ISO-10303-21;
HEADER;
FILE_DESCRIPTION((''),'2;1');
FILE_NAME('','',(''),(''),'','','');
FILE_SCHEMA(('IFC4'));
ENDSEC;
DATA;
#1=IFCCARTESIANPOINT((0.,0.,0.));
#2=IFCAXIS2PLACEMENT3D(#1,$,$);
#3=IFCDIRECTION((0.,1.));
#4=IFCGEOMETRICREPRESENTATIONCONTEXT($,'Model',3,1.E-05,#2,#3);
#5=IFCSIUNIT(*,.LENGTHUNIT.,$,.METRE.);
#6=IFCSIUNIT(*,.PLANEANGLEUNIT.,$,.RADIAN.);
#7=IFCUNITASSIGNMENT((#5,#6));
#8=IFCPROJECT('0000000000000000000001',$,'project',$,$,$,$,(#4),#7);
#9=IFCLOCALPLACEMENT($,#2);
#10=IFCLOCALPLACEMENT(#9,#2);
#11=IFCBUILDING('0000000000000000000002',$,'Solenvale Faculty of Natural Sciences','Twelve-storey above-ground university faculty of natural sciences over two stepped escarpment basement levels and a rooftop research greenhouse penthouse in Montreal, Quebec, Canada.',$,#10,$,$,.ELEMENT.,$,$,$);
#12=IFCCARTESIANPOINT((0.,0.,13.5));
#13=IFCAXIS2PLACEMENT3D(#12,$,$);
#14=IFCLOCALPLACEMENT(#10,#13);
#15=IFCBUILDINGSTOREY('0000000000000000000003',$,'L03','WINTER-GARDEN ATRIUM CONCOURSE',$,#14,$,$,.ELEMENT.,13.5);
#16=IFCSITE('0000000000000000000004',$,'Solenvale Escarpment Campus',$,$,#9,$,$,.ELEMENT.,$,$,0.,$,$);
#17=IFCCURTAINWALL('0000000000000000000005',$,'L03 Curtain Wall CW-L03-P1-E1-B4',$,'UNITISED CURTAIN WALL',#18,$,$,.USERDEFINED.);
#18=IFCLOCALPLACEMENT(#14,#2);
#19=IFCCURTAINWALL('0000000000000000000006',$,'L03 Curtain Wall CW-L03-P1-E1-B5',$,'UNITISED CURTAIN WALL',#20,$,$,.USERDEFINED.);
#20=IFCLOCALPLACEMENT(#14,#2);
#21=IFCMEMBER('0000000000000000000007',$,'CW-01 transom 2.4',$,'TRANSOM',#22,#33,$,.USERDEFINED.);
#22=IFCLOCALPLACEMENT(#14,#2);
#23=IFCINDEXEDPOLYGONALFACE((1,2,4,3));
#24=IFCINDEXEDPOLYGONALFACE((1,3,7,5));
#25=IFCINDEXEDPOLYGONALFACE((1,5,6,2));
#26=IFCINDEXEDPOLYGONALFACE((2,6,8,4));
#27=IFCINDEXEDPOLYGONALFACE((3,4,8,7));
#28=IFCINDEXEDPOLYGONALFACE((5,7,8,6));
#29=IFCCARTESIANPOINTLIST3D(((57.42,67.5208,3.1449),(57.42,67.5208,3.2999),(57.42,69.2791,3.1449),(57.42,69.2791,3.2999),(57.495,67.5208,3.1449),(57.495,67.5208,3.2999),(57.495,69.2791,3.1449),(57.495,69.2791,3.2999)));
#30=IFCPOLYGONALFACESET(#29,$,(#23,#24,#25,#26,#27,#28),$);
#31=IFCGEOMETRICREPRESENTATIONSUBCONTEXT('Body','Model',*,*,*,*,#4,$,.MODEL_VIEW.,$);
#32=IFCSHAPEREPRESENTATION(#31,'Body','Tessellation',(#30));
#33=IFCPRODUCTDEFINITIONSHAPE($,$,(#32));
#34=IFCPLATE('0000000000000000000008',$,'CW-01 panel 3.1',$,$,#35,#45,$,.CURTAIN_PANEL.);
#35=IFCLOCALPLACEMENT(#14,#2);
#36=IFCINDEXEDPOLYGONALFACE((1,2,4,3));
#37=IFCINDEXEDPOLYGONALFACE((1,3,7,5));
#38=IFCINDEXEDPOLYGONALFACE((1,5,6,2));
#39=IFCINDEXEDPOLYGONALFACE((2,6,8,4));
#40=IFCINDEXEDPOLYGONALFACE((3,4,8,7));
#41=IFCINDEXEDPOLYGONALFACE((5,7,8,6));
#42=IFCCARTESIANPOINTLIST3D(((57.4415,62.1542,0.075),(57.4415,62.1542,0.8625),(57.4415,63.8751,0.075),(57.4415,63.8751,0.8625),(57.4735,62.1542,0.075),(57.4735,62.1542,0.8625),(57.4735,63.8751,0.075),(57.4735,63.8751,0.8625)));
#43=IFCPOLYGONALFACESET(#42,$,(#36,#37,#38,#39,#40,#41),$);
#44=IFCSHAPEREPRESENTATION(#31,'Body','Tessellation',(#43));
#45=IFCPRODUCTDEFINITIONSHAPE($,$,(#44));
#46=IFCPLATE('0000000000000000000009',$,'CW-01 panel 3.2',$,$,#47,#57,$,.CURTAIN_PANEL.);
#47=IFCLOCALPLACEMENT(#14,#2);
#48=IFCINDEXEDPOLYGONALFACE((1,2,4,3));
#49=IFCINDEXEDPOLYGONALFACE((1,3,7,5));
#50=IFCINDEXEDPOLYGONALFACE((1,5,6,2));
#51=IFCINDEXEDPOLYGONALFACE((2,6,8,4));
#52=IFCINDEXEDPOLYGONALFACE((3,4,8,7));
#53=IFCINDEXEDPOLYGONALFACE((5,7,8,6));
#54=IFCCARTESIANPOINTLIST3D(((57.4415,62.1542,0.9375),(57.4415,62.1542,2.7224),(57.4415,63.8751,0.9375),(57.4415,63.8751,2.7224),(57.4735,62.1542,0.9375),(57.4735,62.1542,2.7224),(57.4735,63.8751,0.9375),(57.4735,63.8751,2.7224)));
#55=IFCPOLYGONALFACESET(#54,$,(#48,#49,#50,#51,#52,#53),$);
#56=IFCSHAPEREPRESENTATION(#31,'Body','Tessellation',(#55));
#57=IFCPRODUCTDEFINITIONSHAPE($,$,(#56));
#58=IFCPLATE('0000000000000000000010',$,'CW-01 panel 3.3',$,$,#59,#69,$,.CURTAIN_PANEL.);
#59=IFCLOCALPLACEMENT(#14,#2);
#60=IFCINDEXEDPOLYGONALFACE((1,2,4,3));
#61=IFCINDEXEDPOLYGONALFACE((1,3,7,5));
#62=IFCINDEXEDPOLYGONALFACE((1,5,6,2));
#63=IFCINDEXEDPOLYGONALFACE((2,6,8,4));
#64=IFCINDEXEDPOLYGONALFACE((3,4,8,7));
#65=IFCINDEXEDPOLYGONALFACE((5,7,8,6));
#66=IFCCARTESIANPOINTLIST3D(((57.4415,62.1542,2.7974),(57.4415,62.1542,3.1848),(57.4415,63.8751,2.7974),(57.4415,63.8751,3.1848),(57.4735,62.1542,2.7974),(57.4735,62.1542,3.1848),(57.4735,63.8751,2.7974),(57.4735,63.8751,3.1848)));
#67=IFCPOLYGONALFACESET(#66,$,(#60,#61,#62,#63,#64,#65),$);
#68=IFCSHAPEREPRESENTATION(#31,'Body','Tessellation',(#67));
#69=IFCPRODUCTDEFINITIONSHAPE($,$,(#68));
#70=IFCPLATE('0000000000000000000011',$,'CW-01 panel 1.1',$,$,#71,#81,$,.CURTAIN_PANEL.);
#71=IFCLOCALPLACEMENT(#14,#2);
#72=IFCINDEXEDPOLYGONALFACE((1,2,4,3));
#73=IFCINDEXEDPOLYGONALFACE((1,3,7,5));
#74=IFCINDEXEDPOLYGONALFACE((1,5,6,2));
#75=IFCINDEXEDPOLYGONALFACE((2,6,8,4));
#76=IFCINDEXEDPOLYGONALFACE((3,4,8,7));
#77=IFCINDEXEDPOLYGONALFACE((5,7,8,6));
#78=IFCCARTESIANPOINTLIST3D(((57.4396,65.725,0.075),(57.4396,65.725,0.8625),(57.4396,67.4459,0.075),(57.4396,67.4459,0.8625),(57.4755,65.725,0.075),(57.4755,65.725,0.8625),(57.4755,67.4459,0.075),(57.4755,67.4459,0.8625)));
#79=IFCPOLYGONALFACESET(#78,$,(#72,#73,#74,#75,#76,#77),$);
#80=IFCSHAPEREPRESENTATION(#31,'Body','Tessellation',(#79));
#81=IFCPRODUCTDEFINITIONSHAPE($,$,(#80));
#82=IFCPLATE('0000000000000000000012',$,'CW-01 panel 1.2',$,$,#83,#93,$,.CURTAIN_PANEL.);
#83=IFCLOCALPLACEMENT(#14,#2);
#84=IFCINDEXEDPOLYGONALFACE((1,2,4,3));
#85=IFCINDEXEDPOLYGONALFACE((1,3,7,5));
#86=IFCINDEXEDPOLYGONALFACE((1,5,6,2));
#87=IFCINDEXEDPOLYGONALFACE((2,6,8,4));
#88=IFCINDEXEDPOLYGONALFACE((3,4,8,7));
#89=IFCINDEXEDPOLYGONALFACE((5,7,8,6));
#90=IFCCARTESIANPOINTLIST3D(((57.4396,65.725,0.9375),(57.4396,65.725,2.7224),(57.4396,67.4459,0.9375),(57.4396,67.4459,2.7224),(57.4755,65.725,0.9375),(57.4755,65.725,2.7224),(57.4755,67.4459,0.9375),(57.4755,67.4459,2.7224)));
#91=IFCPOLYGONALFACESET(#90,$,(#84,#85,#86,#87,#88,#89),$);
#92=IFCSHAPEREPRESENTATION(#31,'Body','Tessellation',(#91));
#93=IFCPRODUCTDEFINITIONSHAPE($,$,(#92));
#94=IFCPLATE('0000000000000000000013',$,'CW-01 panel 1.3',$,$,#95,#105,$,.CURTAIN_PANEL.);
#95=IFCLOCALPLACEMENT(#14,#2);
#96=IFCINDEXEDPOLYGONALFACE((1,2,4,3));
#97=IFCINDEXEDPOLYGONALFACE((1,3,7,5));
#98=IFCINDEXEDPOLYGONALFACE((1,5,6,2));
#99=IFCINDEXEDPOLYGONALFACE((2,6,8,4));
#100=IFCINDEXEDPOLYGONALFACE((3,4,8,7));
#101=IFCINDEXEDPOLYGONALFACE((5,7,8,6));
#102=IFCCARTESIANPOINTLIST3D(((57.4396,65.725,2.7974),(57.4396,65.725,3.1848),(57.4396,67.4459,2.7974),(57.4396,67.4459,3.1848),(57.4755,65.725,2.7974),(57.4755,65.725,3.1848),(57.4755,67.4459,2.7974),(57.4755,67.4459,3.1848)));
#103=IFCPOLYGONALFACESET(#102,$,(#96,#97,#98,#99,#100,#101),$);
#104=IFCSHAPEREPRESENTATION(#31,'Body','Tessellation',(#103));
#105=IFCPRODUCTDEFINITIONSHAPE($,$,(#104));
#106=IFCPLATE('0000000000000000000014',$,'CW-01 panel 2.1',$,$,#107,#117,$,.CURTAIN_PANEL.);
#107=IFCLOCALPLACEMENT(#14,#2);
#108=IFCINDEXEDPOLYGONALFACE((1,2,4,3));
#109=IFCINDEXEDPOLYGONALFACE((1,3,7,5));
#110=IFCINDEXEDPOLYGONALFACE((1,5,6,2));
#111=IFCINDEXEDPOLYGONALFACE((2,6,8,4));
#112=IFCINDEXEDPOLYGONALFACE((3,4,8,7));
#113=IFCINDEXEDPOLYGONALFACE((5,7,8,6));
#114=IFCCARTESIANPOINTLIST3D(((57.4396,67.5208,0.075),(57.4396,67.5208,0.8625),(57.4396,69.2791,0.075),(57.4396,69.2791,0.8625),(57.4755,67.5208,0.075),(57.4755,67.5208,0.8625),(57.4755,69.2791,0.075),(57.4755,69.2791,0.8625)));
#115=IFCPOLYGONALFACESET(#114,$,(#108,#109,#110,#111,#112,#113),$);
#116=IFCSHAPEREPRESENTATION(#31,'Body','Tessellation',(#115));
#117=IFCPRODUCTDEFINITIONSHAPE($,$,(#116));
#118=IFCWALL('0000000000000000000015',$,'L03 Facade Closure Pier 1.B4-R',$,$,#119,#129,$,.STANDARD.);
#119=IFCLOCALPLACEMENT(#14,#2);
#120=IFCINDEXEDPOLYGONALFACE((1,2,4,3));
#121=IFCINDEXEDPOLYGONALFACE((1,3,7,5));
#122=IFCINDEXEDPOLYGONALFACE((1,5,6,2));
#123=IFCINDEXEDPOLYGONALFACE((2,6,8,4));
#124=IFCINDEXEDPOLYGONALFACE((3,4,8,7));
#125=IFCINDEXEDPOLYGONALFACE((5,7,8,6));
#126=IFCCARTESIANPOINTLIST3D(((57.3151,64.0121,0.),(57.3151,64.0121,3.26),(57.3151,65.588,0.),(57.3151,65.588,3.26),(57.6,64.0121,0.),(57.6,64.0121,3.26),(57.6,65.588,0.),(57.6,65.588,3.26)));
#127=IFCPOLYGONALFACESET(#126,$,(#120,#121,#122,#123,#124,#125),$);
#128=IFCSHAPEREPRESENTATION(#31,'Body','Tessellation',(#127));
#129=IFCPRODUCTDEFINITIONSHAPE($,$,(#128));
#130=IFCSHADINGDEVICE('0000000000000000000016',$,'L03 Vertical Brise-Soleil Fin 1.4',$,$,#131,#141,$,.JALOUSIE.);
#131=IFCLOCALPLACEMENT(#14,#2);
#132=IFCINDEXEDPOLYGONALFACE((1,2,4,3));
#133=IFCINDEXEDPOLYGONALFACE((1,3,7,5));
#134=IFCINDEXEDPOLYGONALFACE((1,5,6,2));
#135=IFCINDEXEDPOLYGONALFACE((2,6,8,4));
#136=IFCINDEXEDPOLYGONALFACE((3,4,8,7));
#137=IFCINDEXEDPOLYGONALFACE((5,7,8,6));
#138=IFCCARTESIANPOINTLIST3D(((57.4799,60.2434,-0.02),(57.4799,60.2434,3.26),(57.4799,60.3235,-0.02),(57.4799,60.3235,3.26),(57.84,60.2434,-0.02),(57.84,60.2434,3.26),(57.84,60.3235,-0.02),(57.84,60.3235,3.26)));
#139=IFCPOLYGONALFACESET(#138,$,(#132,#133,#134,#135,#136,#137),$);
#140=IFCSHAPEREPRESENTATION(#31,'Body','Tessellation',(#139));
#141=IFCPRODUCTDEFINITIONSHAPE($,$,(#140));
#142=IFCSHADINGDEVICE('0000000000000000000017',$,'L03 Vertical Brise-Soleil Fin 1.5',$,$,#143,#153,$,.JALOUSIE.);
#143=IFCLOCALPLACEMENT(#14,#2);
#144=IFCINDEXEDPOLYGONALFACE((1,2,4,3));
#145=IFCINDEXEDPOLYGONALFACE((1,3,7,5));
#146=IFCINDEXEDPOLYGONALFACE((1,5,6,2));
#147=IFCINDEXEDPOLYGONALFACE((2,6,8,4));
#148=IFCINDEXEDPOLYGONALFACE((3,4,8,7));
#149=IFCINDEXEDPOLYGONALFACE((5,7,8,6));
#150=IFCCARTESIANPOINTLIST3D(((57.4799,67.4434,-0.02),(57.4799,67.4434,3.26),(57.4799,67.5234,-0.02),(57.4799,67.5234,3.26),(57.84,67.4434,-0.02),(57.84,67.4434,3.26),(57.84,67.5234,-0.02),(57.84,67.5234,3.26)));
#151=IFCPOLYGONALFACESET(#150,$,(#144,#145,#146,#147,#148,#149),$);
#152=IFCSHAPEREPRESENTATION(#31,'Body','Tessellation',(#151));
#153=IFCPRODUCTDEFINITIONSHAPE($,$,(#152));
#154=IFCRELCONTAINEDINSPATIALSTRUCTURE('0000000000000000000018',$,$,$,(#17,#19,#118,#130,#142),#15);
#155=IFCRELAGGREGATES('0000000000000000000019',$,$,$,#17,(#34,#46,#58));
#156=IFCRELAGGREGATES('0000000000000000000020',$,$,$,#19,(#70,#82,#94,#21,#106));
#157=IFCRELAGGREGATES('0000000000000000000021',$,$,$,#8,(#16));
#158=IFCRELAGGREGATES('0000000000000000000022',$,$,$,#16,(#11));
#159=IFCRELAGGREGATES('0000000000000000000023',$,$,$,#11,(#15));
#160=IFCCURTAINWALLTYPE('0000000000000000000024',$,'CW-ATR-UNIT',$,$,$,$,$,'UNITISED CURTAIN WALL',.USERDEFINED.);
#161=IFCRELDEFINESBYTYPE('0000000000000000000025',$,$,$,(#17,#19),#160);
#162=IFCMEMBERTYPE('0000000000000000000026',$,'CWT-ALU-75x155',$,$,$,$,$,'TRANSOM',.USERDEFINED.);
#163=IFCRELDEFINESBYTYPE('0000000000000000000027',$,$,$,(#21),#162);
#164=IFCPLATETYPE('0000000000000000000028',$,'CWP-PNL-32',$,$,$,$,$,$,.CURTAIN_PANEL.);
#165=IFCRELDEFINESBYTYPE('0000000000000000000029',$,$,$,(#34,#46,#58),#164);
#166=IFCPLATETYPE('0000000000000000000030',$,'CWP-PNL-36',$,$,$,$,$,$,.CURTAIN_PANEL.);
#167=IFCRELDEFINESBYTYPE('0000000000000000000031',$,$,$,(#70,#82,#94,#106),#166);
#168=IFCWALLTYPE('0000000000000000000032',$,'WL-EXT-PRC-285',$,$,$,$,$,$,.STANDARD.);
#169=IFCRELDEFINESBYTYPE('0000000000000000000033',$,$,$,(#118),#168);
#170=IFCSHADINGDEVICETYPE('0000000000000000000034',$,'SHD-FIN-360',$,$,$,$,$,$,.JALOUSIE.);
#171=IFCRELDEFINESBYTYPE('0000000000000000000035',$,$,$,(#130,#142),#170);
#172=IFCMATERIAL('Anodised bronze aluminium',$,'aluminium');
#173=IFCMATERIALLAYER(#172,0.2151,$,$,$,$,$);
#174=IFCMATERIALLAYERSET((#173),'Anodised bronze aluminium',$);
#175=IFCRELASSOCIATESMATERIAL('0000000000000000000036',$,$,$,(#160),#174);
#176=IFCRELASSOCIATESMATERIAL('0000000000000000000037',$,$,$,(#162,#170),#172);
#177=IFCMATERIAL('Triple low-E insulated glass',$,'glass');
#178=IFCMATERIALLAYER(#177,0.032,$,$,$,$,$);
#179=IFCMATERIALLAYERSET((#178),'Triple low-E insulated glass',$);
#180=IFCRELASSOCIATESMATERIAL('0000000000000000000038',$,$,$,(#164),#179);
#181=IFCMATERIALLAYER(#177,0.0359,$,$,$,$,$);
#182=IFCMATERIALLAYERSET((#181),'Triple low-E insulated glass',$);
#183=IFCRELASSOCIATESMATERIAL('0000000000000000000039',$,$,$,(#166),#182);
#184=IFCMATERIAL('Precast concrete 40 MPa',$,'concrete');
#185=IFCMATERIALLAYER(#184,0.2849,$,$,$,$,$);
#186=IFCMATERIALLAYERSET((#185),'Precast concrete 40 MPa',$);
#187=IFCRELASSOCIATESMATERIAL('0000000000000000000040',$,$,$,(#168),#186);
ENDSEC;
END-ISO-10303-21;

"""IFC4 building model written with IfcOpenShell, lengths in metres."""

from ifc_helpers import new_model, si_unit, direction, frame, frame_2d, origin, origin_2d, place, context, subcontext, project, spatial, rectangle, extrude, material, layer, layer_set, material_profile, profile_set, type_object, element, aggregate, save


model = new_model("IFC4")

# Units and contexts
model_context = context("Model", 3, precision=1e-05, world=origin(), true_north=direction((0.0, 1.0)))
body_context = subcontext(model_context, "Body", "Model", "MODEL_VIEW")
ifc_project = project(units=[si_unit("LENGTHUNIT", "METRE"), si_unit("PLANEANGLEUNIT", "RADIAN")], contexts=[model_context])

# Site, building, storey
site_placement = place(None, origin())
site = spatial("IfcSite", under=ifc_project, at=site_placement, Name="Solenvale Escarpment Campus", CompositionType="ELEMENT", RefElevation=0.0)
building_placement = place(site_placement, origin())
building = spatial("IfcBuilding", under=site, at=building_placement, Name="Solenvale Faculty of Natural Sciences", Description="Twelve-storey above-ground university faculty of natural sciences over two stepped escarpment basement levels and a rooftop research greenhouse penthouse in Montreal, Quebec, Canada.", CompositionType="ELEMENT")
storey_placement = place(building_placement, frame((0.0, 0.0, 13.5)))
storey = spatial("IfcBuildingStorey", under=building, at=storey_placement, Name="L03", Description="WINTER-GARDEN ATRIUM CONCOURSE", CompositionType="ELEMENT", Elevation=13.5)

# Curtain wall
ifc_material_1 = material(Name="Anodised bronze aluminium", Category="aluminium")
ifc_layer_1 = layer(ifc_material_1, 0.2151)
ifc_layer_set_1 = layer_set([ifc_layer_1], Name="Anodised bronze aluminium")
curtain_wall_type = type_object("IfcCurtainWallType", Name="CW-ATR-UNIT", ElementType="UNITISED CURTAIN WALL", PredefinedType="USERDEFINED", material=ifc_layer_set_1)
curtain_wall_1_placement = place(storey_placement, origin())
curtain_wall_1 = element("IfcCurtainWall", 1, at=curtain_wall_1_placement, inside=storey, type_object=curtain_wall_type, Name="L03 Curtain Wall CW-L03-P1-E1-B4", ObjectType="UNITISED CURTAIN WALL", PredefinedType="USERDEFINED")

# Curtain wall
curtain_wall_2_placement = place(storey_placement, origin())
curtain_wall_2 = element("IfcCurtainWall", 2, at=curtain_wall_2_placement, inside=storey, type_object=curtain_wall_type, Name="L03 Curtain Wall CW-L03-P1-E1-B5", ObjectType="UNITISED CURTAIN WALL", PredefinedType="USERDEFINED")

# Member
ifc_material_profile_1 = material_profile(ifc_material_1, rectangle(XDim=0.075, YDim=0.155, at=origin_2d()), Name="ALU-TRN-75x155")
ifc_profile_set_1 = profile_set([ifc_material_profile_1], Name="Anodised bronze aluminium")
member_type_1 = type_object("IfcMemberType", Name="CWT-ALU-75x155", ElementType="TRANSOM", PredefinedType="USERDEFINED", material=ifc_profile_set_1)
member_1_placement = place(storey_placement, frame((57.4575, 67.5208, 3.2224), z_axis=(0.0, 1.0, 0.0), x_axis=(-1.0, 0.0, 0.0)))
member_1 = element("IfcMember", 3, at=member_1_placement, type_object=member_type_1, Name="CW-01 transom 2.4", ObjectType="TRANSOM", PredefinedType="USERDEFINED", context=body_context, shape_type="SweptSolid", body=[
    extrude(rectangle(XDim=0.075, YDim=0.155, at=origin_2d()), origin(), (0.0, 0.0, 1.0), 1.7583),
])

# Plates
ifc_material_2 = material(Name="Triple low-E insulated glass", Category="glass")
ifc_layer_2 = layer(ifc_material_2, 0.032)
ifc_layer_set_2 = layer_set([ifc_layer_2], Name="Triple low-E insulated glass")
plate_type_1 = type_object("IfcPlateType", Name="CWP-PNL-32", PredefinedType="CURTAIN_PANEL", material=ifc_layer_set_2)
plate_1_placement = place(storey_placement, frame((57.4575, 63.0146, 0.075), z_axis=(0.0, 0.0, 1.0), x_axis=(0.0, 1.0, 0.0)))
plate_1 = element("IfcPlate", 4, at=plate_1_placement, type_object=plate_type_1, Name="CW-01 panel 3.1", PredefinedType="CURTAIN_PANEL", context=body_context, shape_type="SweptSolid", body=[
    extrude(rectangle(XDim=1.7209, YDim=0.032, at=origin_2d()), origin(), (0.0, 0.0, 1.0), 0.7876),
])
plate_2_placement = place(storey_placement, frame((57.4575, 63.0146, 0.9375), z_axis=(0.0, 0.0, 1.0), x_axis=(0.0, 1.0, 0.0)))
plate_2 = element("IfcPlate", 5, at=plate_2_placement, type_object=plate_type_1, Name="CW-01 panel 3.2", PredefinedType="CURTAIN_PANEL", context=body_context, shape_type="SweptSolid", body=[
    extrude(rectangle(XDim=1.7209, YDim=0.032, at=origin_2d()), origin(), (0.0, 0.0, 1.0), 1.7849),
])
plate_3_placement = place(storey_placement, frame((57.4575, 63.0146, 2.7974), z_axis=(0.0, 0.0, 1.0), x_axis=(0.0, 1.0, 0.0)))
plate_3 = element("IfcPlate", 6, at=plate_3_placement, type_object=plate_type_1, Name="CW-01 panel 3.3", PredefinedType="CURTAIN_PANEL", context=body_context, shape_type="SweptSolid", body=[
    extrude(rectangle(XDim=1.7209, YDim=0.032, at=origin_2d()), origin(), (0.0, 0.0, 1.0), 0.3875),
])
aggregate(curtain_wall_1, [plate_1, plate_2, plate_3])
ifc_layer_3 = layer(ifc_material_2, 0.0359)
ifc_layer_set_3 = layer_set([ifc_layer_3], Name="Triple low-E insulated glass")
plate_type_2 = type_object("IfcPlateType", Name="CWP-PNL-36", PredefinedType="CURTAIN_PANEL", material=ifc_layer_set_3)
plate_4_placement = place(storey_placement, frame((57.4575, 66.5854, 0.075), z_axis=(0.0, 0.0, 1.0), x_axis=(0.0, 1.0, 0.0)))
plate_4 = element("IfcPlate", 7, at=plate_4_placement, type_object=plate_type_2, Name="CW-01 panel 1.1", PredefinedType="CURTAIN_PANEL", context=body_context, shape_type="SweptSolid", body=[
    extrude(rectangle(XDim=1.7209, YDim=0.0359, at=origin_2d()), origin(), (0.0, 0.0, 1.0), 0.7876),
])
plate_5_placement = place(storey_placement, frame((57.4575, 66.5854, 0.9375), z_axis=(0.0, 0.0, 1.0), x_axis=(0.0, 1.0, 0.0)))
plate_5 = element("IfcPlate", 8, at=plate_5_placement, type_object=plate_type_2, Name="CW-01 panel 1.2", PredefinedType="CURTAIN_PANEL", context=body_context, shape_type="SweptSolid", body=[
    extrude(rectangle(XDim=1.7209, YDim=0.0359, at=origin_2d()), origin(), (0.0, 0.0, 1.0), 1.7849),
])
plate_6_placement = place(storey_placement, frame((57.4575, 66.5854, 2.7974), z_axis=(0.0, 0.0, 1.0), x_axis=(0.0, 1.0, 0.0)))
plate_6 = element("IfcPlate", 9, at=plate_6_placement, type_object=plate_type_2, Name="CW-01 panel 1.3", PredefinedType="CURTAIN_PANEL", context=body_context, shape_type="SweptSolid", body=[
    extrude(rectangle(XDim=1.7209, YDim=0.0359, at=origin_2d()), origin(), (0.0, 0.0, 1.0), 0.3875),
])
plate_7_placement = place(storey_placement, frame((57.4575, 68.3999, 0.075), z_axis=(0.0, 0.0, 1.0), x_axis=(0.0, 1.0, 0.0)))
plate_7 = element("IfcPlate", 10, at=plate_7_placement, type_object=plate_type_2, Name="CW-01 panel 2.1", PredefinedType="CURTAIN_PANEL", context=body_context, shape_type="SweptSolid", body=[
    extrude(rectangle(XDim=1.7583, YDim=0.0359, at=origin_2d()), origin(), (0.0, 0.0, 1.0), 0.7876),
])
aggregate(curtain_wall_2, [plate_4, plate_5, plate_6, member_1, plate_7])

# Wall
ifc_material_3 = material(Name="Precast concrete 40 MPa", Category="concrete")
ifc_layer_4 = layer(ifc_material_3, 0.2849)
ifc_layer_set_4 = layer_set([ifc_layer_4], Name="Precast concrete 40 MPa")
wall_type = type_object("IfcWallType", Name="WL-EXT-PRC-285", PredefinedType="STANDARD", material=ifc_layer_set_4)
wall_placement = place(storey_placement, frame((57.4575, 64.012, 0.0), z_axis=(0.0, 0.0, 1.0), x_axis=(0.0, 1.0, 0.0)))
element("IfcWall", 11, at=wall_placement, inside=storey, type_object=wall_type, Name="L03 Facade Closure Pier 1.B4-R", PredefinedType="STANDARD", context=body_context, shape_type="SweptSolid", body=[
    extrude(rectangle(XDim=1.5759, YDim=0.2849, at=frame_2d((0.7881, 0.0))), origin(), (0.0, 0.0, 1.0), 3.26),
])

# Shading devices
ifc_material_profile_2 = material_profile(ifc_material_1, rectangle(XDim=0.0801, YDim=0.3601, at=origin_2d()), Name="ALU-FIN-80x360")
ifc_profile_set_2 = profile_set([ifc_material_profile_2], Name="Anodised bronze aluminium")
shading_device_type = type_object("IfcShadingDeviceType", Name="SHD-FIN-360", PredefinedType="JALOUSIE", material=ifc_profile_set_2)
for number, where, z_axis, x_axis, name in (
    (12, (57.6599, 60.2834, -0.02), (0.0, 0.0, 1.0), (0.0, 1.0, 0.0), "L03 Vertical Brise-Soleil Fin 1.4"),
    (13, (57.6599, 67.4834, -0.02), (0.0, 0.0, 1.0), (0.0, 1.0, 0.0), "L03 Vertical Brise-Soleil Fin 1.5"),
):
    element("IfcShadingDevice", number, at=place(storey_placement, frame(where, z_axis=z_axis, x_axis=x_axis)), inside=storey, type_object=shading_device_type, Name=name, PredefinedType="JALOUSIE", context=body_context, shape_type="SweptSolid", body=[
        extrude(rectangle(XDim=0.0801, YDim=0.3601, at=origin_2d()), origin(), (0.0, 0.0, 1.0), 3.28),
    ])

save(model, "model.ifc")
